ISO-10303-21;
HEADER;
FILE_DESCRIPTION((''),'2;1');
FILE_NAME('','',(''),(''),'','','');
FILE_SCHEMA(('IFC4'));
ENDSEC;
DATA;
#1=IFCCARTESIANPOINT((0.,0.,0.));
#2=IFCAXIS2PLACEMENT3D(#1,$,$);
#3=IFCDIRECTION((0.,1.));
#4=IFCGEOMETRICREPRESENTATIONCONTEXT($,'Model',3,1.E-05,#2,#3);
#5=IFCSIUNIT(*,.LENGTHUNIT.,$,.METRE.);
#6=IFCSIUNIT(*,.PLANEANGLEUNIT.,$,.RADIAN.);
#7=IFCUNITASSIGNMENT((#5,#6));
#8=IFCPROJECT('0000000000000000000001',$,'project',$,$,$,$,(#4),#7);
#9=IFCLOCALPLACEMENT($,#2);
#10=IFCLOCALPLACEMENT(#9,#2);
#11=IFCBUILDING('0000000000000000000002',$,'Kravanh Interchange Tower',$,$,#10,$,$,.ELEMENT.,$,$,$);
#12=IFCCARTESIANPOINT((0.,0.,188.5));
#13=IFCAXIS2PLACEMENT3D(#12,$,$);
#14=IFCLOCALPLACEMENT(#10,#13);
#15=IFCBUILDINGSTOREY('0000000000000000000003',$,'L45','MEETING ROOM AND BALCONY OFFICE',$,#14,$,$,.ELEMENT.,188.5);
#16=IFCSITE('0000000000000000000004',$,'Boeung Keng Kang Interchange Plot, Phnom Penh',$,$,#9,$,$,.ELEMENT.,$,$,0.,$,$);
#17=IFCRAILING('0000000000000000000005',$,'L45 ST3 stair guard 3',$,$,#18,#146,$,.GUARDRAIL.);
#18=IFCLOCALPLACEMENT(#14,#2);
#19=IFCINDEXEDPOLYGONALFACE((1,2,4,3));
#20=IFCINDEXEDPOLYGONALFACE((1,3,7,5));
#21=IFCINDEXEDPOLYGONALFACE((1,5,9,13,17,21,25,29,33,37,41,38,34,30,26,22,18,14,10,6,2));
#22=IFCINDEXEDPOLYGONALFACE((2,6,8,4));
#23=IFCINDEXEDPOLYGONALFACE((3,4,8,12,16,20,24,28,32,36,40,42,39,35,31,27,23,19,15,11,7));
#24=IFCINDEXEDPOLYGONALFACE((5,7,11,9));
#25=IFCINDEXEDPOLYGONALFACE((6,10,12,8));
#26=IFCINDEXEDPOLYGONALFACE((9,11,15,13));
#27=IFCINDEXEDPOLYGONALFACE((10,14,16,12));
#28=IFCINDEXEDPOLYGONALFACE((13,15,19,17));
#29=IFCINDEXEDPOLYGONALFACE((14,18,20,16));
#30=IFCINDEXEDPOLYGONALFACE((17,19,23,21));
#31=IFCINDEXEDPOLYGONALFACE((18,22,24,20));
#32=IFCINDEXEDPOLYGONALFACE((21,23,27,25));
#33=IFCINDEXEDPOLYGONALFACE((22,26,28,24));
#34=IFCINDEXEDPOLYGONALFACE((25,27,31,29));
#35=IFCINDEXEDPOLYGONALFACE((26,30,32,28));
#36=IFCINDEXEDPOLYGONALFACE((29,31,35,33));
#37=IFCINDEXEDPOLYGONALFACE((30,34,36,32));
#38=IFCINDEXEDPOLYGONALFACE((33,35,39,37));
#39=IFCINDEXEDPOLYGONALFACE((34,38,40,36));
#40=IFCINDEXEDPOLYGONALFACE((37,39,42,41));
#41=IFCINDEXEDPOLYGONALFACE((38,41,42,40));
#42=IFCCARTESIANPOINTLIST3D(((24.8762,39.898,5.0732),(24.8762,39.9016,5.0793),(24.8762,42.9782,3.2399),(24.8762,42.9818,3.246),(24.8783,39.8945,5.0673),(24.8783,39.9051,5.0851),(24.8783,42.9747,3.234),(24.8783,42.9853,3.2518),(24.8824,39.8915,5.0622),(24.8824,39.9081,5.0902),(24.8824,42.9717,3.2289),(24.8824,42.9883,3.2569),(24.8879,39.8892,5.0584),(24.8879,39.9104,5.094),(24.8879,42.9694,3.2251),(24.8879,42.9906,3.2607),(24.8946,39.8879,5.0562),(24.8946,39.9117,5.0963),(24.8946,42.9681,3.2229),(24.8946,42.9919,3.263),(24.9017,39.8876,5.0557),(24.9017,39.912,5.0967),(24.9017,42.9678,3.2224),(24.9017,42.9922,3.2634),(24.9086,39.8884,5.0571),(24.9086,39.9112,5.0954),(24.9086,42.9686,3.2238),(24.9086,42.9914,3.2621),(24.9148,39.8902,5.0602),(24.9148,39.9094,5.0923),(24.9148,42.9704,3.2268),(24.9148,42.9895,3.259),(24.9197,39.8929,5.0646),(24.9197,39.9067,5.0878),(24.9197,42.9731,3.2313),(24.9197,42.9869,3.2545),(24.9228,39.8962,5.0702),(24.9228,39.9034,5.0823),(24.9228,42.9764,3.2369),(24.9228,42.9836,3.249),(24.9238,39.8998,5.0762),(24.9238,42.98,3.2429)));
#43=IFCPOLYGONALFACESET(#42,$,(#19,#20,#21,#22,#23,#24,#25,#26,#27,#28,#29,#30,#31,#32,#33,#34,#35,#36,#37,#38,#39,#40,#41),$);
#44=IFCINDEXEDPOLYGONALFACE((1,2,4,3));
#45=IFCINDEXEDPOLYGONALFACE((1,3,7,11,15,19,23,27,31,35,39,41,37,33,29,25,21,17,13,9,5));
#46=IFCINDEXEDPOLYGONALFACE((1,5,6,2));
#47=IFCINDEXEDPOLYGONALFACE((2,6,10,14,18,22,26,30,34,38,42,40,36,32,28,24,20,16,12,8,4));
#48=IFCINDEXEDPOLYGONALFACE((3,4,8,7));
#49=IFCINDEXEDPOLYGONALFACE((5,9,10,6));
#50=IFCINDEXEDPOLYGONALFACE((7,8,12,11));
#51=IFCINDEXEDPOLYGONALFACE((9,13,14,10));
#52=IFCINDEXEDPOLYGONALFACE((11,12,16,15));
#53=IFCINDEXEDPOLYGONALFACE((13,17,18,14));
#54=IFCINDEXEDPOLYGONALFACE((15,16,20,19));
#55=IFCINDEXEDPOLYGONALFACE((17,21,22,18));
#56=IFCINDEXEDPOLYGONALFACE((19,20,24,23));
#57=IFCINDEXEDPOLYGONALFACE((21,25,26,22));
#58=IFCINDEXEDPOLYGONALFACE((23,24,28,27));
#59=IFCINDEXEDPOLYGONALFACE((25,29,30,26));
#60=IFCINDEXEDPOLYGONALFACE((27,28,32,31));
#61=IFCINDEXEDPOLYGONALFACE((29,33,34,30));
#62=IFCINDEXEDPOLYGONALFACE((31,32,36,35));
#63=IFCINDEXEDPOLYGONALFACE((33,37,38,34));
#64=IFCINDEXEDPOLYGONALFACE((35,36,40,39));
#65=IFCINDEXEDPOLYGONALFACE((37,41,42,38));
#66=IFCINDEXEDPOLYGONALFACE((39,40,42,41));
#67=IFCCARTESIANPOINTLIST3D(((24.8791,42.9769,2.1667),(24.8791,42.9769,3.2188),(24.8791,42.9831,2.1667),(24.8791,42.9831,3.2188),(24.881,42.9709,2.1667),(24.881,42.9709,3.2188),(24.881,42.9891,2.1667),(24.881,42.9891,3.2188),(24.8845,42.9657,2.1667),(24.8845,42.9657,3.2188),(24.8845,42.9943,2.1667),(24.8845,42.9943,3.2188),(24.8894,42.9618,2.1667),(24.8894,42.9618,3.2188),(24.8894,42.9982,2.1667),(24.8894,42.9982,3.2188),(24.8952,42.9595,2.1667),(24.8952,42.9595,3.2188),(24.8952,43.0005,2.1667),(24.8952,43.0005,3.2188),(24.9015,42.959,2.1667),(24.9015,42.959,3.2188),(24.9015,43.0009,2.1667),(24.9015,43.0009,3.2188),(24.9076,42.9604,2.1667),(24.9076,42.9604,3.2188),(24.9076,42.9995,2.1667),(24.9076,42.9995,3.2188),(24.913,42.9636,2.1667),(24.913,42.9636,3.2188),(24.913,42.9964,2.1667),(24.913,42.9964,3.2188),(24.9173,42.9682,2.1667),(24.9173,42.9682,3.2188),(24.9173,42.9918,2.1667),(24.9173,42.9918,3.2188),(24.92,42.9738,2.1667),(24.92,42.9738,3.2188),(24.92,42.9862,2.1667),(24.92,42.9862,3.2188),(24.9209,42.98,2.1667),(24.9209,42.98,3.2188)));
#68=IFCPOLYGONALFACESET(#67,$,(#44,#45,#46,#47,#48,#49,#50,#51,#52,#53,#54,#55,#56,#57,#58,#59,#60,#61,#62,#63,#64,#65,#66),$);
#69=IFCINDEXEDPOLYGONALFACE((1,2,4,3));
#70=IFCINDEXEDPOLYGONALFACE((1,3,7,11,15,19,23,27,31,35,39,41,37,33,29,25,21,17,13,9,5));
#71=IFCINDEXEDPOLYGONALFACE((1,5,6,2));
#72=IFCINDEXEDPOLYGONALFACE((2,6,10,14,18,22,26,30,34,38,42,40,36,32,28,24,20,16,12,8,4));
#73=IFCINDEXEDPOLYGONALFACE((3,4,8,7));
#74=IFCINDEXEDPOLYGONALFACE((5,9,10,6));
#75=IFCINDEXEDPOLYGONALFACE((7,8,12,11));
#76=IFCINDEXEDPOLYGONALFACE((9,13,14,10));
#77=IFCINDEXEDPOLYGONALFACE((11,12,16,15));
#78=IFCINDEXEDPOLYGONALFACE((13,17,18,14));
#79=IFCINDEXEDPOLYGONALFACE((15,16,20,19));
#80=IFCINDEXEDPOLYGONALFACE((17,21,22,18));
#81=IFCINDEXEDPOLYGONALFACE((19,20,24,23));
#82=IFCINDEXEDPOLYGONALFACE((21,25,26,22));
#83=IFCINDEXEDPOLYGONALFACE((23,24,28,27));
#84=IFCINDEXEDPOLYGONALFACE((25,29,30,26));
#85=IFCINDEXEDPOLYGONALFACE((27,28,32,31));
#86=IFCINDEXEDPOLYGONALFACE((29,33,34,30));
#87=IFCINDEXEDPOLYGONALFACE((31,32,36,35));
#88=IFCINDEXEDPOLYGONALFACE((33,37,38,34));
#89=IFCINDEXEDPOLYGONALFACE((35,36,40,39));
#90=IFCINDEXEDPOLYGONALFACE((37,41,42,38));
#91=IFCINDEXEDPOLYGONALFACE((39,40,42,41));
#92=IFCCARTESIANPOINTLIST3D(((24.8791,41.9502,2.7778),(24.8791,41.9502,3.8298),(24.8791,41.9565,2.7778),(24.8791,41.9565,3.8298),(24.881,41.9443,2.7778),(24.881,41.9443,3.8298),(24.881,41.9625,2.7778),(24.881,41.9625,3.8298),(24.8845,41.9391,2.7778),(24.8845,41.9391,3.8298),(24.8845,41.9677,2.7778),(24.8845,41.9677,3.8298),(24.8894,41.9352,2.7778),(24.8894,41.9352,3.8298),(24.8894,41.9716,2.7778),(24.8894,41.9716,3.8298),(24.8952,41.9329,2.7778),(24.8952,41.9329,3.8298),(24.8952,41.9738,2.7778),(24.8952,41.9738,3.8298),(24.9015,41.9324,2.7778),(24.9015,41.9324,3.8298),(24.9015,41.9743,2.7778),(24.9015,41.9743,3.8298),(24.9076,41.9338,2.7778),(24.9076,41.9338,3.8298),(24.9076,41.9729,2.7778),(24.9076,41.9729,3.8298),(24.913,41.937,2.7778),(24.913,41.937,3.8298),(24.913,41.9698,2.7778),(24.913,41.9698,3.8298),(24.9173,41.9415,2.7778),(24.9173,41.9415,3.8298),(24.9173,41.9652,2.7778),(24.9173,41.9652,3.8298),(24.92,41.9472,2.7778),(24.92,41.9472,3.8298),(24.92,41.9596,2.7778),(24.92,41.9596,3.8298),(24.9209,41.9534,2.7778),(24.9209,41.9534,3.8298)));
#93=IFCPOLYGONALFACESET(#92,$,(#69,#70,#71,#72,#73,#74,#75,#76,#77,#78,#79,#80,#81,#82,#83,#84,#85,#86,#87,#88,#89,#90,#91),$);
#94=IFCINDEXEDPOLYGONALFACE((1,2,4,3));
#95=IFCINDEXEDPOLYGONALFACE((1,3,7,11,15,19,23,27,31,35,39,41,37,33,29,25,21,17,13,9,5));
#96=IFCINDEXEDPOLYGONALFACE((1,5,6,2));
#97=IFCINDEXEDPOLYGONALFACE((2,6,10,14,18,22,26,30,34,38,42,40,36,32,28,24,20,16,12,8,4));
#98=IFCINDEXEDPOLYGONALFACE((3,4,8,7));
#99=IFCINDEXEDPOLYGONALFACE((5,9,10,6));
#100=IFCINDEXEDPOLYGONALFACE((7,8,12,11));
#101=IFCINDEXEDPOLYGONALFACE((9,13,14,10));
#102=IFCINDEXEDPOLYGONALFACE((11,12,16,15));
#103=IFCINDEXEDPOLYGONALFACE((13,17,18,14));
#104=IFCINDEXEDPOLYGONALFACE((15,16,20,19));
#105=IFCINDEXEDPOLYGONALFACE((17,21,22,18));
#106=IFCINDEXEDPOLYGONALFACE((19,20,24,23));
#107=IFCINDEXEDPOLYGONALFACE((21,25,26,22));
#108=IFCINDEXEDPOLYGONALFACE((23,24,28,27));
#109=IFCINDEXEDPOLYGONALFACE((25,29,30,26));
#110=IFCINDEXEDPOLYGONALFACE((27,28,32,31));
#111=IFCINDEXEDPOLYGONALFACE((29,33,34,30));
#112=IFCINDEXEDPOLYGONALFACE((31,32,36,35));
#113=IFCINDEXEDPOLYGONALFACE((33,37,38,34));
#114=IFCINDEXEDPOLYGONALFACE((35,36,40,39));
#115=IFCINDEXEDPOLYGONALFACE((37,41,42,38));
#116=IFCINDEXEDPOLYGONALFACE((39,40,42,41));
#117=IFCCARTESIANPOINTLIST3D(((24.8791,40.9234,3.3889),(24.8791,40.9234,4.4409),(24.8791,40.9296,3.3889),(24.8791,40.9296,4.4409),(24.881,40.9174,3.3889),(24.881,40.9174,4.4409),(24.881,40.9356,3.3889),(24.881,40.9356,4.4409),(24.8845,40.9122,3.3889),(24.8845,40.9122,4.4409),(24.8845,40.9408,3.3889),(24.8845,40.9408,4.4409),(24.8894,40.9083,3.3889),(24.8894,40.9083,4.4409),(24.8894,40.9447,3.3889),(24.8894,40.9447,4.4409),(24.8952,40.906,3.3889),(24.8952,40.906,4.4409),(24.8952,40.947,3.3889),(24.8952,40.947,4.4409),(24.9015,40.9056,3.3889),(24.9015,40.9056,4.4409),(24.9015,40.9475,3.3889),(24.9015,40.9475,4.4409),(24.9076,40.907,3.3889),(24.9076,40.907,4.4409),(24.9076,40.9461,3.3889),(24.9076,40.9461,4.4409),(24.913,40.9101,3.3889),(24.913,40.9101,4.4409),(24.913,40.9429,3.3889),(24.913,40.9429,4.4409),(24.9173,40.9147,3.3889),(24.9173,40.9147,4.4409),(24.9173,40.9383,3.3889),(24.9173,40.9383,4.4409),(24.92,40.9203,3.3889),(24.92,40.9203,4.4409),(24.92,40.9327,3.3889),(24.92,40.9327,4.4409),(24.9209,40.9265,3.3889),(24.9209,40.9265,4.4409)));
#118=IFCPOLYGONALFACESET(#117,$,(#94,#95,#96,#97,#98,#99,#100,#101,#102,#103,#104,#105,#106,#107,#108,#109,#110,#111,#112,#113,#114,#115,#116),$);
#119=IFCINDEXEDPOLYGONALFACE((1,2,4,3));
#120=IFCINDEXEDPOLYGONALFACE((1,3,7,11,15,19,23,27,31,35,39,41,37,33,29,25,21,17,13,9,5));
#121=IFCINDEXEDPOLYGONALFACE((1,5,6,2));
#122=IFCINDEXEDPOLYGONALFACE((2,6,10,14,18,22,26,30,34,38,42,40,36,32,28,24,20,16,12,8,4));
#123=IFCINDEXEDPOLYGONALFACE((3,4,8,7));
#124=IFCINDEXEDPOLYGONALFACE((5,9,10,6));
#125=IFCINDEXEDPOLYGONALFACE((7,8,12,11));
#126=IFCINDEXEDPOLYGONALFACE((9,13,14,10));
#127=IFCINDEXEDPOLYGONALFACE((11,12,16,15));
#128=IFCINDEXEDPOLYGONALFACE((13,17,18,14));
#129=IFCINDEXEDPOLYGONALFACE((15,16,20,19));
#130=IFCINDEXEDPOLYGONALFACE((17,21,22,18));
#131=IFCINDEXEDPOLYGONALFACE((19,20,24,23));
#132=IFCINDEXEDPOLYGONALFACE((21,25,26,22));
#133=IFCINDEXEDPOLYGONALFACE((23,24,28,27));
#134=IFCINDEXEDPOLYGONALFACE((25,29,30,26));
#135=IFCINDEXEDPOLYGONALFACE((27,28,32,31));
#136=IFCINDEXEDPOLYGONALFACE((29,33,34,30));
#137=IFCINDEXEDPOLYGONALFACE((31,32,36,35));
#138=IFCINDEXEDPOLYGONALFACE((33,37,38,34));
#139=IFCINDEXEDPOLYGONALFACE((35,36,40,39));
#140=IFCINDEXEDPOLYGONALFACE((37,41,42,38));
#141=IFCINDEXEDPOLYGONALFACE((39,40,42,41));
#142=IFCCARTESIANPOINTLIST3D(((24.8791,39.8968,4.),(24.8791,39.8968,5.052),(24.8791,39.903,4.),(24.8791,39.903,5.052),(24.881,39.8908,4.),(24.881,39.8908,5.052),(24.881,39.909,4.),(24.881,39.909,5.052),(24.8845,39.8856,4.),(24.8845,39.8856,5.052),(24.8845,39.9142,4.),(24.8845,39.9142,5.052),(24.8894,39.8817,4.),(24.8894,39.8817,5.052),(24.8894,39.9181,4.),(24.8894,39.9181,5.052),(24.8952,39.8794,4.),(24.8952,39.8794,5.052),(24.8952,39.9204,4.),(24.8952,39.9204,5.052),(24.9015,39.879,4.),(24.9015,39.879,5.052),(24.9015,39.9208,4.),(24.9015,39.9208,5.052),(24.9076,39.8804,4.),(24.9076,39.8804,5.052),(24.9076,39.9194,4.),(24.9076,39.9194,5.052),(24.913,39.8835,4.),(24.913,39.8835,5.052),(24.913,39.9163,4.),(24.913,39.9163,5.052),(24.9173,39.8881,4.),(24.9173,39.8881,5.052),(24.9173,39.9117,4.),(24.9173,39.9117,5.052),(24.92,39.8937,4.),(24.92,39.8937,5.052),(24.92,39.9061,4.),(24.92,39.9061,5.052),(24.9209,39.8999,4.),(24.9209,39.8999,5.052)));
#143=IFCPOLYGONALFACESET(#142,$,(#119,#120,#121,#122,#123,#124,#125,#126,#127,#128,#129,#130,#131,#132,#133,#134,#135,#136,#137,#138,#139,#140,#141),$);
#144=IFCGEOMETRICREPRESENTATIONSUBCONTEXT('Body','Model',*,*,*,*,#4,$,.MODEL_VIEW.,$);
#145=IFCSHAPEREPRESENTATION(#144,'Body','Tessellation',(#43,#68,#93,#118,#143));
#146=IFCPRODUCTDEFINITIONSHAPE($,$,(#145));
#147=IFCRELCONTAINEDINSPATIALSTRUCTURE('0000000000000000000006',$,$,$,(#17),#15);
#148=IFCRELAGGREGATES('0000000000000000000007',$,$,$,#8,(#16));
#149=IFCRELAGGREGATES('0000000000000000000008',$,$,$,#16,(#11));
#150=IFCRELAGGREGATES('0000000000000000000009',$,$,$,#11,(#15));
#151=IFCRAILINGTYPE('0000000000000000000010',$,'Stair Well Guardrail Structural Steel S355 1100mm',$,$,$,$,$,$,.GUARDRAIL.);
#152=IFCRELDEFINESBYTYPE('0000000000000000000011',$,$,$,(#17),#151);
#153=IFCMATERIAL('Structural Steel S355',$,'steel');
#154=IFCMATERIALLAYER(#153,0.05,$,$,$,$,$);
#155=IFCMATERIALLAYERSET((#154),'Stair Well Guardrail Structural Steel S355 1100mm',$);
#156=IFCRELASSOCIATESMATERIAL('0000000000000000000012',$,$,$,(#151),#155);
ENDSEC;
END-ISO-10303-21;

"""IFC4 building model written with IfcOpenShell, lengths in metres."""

from ifc_helpers import new_model, si_unit, direction, frame, origin, origin_2d, place, context, subcontext, project, spatial, circle, extrude, material, layer, layer_set, type_object, element, save


model = new_model("IFC4")

# Units and contexts
model_context = context("Model", 3, precision=1e-05, world=origin(), true_north=direction((0.0, 1.0)))
body_context = subcontext(model_context, "Body", "Model", "MODEL_VIEW")
ifc_project = project(units=[si_unit("LENGTHUNIT", "METRE"), si_unit("PLANEANGLEUNIT", "RADIAN")], contexts=[model_context])

# Site, building, storey
site_placement = place(None, origin())
site = spatial("IfcSite", under=ifc_project, at=site_placement, Name="Boeung Keng Kang Interchange Plot, Phnom Penh", CompositionType="ELEMENT", RefElevation=0.0)
building_placement = place(site_placement, origin())
building = spatial("IfcBuilding", under=site, at=building_placement, Name="Kravanh Interchange Tower", CompositionType="ELEMENT")
storey_placement = place(building_placement, frame((0.0, 0.0, 188.5)))
storey = spatial("IfcBuildingStorey", under=building, at=storey_placement, Name="L45", Description="MEETING ROOM AND BALCONY OFFICE", CompositionType="ELEMENT", Elevation=188.5)

# Railing
ifc_material_1 = material(Name="Structural Steel S355", Category="steel")
ifc_layer_1 = layer(ifc_material_1, 0.05)
ifc_layer_set_1 = layer_set([ifc_layer_1], Name="Stair Well Guardrail Structural Steel S355 1100mm")
railing_type_1 = type_object("IfcRailingType", Name="Stair Well Guardrail Structural Steel S355 1100mm", PredefinedType="GUARDRAIL", material=ifc_layer_set_1)
railing_1_placement = place(storey_placement, frame((24.8999, 42.98, 2.1667)))
element("IfcRailing", 1, at=railing_1_placement, inside=storey, type_object=railing_type_1, Name="L45 ST3 stair guard 3", PredefinedType="GUARDRAIL", context=body_context, shape_type="SweptSolid", body=[
    extrude(circle(Radius=0.0239, at=origin_2d()), frame((0.0, 0.0, 1.0762), z_axis=(0.0, -0.859309, 0.511458), x_axis=(1.0, 0.0, 0.0)), (0.0, 0.0, 1.0), 3.5845),
    extrude(circle(Radius=0.021, at=origin_2d()), origin(), (0.0, 0.0, 1.0), 1.052),
    extrude(circle(Radius=0.021, at=origin_2d()), frame((0.0, -1.0266, 0.6111)), (0.0, 0.0, 1.0), 1.052),
    extrude(circle(Radius=0.021, at=origin_2d()), frame((0.0, -2.0535, 1.2222)), (0.0, 0.0, 1.0), 1.052),
    extrude(circle(Radius=0.021, at=origin_2d()), frame((0.0, -3.0801, 1.8333)), (0.0, 0.0, 1.0), 1.052),
])

save(model, "model.ifc")
